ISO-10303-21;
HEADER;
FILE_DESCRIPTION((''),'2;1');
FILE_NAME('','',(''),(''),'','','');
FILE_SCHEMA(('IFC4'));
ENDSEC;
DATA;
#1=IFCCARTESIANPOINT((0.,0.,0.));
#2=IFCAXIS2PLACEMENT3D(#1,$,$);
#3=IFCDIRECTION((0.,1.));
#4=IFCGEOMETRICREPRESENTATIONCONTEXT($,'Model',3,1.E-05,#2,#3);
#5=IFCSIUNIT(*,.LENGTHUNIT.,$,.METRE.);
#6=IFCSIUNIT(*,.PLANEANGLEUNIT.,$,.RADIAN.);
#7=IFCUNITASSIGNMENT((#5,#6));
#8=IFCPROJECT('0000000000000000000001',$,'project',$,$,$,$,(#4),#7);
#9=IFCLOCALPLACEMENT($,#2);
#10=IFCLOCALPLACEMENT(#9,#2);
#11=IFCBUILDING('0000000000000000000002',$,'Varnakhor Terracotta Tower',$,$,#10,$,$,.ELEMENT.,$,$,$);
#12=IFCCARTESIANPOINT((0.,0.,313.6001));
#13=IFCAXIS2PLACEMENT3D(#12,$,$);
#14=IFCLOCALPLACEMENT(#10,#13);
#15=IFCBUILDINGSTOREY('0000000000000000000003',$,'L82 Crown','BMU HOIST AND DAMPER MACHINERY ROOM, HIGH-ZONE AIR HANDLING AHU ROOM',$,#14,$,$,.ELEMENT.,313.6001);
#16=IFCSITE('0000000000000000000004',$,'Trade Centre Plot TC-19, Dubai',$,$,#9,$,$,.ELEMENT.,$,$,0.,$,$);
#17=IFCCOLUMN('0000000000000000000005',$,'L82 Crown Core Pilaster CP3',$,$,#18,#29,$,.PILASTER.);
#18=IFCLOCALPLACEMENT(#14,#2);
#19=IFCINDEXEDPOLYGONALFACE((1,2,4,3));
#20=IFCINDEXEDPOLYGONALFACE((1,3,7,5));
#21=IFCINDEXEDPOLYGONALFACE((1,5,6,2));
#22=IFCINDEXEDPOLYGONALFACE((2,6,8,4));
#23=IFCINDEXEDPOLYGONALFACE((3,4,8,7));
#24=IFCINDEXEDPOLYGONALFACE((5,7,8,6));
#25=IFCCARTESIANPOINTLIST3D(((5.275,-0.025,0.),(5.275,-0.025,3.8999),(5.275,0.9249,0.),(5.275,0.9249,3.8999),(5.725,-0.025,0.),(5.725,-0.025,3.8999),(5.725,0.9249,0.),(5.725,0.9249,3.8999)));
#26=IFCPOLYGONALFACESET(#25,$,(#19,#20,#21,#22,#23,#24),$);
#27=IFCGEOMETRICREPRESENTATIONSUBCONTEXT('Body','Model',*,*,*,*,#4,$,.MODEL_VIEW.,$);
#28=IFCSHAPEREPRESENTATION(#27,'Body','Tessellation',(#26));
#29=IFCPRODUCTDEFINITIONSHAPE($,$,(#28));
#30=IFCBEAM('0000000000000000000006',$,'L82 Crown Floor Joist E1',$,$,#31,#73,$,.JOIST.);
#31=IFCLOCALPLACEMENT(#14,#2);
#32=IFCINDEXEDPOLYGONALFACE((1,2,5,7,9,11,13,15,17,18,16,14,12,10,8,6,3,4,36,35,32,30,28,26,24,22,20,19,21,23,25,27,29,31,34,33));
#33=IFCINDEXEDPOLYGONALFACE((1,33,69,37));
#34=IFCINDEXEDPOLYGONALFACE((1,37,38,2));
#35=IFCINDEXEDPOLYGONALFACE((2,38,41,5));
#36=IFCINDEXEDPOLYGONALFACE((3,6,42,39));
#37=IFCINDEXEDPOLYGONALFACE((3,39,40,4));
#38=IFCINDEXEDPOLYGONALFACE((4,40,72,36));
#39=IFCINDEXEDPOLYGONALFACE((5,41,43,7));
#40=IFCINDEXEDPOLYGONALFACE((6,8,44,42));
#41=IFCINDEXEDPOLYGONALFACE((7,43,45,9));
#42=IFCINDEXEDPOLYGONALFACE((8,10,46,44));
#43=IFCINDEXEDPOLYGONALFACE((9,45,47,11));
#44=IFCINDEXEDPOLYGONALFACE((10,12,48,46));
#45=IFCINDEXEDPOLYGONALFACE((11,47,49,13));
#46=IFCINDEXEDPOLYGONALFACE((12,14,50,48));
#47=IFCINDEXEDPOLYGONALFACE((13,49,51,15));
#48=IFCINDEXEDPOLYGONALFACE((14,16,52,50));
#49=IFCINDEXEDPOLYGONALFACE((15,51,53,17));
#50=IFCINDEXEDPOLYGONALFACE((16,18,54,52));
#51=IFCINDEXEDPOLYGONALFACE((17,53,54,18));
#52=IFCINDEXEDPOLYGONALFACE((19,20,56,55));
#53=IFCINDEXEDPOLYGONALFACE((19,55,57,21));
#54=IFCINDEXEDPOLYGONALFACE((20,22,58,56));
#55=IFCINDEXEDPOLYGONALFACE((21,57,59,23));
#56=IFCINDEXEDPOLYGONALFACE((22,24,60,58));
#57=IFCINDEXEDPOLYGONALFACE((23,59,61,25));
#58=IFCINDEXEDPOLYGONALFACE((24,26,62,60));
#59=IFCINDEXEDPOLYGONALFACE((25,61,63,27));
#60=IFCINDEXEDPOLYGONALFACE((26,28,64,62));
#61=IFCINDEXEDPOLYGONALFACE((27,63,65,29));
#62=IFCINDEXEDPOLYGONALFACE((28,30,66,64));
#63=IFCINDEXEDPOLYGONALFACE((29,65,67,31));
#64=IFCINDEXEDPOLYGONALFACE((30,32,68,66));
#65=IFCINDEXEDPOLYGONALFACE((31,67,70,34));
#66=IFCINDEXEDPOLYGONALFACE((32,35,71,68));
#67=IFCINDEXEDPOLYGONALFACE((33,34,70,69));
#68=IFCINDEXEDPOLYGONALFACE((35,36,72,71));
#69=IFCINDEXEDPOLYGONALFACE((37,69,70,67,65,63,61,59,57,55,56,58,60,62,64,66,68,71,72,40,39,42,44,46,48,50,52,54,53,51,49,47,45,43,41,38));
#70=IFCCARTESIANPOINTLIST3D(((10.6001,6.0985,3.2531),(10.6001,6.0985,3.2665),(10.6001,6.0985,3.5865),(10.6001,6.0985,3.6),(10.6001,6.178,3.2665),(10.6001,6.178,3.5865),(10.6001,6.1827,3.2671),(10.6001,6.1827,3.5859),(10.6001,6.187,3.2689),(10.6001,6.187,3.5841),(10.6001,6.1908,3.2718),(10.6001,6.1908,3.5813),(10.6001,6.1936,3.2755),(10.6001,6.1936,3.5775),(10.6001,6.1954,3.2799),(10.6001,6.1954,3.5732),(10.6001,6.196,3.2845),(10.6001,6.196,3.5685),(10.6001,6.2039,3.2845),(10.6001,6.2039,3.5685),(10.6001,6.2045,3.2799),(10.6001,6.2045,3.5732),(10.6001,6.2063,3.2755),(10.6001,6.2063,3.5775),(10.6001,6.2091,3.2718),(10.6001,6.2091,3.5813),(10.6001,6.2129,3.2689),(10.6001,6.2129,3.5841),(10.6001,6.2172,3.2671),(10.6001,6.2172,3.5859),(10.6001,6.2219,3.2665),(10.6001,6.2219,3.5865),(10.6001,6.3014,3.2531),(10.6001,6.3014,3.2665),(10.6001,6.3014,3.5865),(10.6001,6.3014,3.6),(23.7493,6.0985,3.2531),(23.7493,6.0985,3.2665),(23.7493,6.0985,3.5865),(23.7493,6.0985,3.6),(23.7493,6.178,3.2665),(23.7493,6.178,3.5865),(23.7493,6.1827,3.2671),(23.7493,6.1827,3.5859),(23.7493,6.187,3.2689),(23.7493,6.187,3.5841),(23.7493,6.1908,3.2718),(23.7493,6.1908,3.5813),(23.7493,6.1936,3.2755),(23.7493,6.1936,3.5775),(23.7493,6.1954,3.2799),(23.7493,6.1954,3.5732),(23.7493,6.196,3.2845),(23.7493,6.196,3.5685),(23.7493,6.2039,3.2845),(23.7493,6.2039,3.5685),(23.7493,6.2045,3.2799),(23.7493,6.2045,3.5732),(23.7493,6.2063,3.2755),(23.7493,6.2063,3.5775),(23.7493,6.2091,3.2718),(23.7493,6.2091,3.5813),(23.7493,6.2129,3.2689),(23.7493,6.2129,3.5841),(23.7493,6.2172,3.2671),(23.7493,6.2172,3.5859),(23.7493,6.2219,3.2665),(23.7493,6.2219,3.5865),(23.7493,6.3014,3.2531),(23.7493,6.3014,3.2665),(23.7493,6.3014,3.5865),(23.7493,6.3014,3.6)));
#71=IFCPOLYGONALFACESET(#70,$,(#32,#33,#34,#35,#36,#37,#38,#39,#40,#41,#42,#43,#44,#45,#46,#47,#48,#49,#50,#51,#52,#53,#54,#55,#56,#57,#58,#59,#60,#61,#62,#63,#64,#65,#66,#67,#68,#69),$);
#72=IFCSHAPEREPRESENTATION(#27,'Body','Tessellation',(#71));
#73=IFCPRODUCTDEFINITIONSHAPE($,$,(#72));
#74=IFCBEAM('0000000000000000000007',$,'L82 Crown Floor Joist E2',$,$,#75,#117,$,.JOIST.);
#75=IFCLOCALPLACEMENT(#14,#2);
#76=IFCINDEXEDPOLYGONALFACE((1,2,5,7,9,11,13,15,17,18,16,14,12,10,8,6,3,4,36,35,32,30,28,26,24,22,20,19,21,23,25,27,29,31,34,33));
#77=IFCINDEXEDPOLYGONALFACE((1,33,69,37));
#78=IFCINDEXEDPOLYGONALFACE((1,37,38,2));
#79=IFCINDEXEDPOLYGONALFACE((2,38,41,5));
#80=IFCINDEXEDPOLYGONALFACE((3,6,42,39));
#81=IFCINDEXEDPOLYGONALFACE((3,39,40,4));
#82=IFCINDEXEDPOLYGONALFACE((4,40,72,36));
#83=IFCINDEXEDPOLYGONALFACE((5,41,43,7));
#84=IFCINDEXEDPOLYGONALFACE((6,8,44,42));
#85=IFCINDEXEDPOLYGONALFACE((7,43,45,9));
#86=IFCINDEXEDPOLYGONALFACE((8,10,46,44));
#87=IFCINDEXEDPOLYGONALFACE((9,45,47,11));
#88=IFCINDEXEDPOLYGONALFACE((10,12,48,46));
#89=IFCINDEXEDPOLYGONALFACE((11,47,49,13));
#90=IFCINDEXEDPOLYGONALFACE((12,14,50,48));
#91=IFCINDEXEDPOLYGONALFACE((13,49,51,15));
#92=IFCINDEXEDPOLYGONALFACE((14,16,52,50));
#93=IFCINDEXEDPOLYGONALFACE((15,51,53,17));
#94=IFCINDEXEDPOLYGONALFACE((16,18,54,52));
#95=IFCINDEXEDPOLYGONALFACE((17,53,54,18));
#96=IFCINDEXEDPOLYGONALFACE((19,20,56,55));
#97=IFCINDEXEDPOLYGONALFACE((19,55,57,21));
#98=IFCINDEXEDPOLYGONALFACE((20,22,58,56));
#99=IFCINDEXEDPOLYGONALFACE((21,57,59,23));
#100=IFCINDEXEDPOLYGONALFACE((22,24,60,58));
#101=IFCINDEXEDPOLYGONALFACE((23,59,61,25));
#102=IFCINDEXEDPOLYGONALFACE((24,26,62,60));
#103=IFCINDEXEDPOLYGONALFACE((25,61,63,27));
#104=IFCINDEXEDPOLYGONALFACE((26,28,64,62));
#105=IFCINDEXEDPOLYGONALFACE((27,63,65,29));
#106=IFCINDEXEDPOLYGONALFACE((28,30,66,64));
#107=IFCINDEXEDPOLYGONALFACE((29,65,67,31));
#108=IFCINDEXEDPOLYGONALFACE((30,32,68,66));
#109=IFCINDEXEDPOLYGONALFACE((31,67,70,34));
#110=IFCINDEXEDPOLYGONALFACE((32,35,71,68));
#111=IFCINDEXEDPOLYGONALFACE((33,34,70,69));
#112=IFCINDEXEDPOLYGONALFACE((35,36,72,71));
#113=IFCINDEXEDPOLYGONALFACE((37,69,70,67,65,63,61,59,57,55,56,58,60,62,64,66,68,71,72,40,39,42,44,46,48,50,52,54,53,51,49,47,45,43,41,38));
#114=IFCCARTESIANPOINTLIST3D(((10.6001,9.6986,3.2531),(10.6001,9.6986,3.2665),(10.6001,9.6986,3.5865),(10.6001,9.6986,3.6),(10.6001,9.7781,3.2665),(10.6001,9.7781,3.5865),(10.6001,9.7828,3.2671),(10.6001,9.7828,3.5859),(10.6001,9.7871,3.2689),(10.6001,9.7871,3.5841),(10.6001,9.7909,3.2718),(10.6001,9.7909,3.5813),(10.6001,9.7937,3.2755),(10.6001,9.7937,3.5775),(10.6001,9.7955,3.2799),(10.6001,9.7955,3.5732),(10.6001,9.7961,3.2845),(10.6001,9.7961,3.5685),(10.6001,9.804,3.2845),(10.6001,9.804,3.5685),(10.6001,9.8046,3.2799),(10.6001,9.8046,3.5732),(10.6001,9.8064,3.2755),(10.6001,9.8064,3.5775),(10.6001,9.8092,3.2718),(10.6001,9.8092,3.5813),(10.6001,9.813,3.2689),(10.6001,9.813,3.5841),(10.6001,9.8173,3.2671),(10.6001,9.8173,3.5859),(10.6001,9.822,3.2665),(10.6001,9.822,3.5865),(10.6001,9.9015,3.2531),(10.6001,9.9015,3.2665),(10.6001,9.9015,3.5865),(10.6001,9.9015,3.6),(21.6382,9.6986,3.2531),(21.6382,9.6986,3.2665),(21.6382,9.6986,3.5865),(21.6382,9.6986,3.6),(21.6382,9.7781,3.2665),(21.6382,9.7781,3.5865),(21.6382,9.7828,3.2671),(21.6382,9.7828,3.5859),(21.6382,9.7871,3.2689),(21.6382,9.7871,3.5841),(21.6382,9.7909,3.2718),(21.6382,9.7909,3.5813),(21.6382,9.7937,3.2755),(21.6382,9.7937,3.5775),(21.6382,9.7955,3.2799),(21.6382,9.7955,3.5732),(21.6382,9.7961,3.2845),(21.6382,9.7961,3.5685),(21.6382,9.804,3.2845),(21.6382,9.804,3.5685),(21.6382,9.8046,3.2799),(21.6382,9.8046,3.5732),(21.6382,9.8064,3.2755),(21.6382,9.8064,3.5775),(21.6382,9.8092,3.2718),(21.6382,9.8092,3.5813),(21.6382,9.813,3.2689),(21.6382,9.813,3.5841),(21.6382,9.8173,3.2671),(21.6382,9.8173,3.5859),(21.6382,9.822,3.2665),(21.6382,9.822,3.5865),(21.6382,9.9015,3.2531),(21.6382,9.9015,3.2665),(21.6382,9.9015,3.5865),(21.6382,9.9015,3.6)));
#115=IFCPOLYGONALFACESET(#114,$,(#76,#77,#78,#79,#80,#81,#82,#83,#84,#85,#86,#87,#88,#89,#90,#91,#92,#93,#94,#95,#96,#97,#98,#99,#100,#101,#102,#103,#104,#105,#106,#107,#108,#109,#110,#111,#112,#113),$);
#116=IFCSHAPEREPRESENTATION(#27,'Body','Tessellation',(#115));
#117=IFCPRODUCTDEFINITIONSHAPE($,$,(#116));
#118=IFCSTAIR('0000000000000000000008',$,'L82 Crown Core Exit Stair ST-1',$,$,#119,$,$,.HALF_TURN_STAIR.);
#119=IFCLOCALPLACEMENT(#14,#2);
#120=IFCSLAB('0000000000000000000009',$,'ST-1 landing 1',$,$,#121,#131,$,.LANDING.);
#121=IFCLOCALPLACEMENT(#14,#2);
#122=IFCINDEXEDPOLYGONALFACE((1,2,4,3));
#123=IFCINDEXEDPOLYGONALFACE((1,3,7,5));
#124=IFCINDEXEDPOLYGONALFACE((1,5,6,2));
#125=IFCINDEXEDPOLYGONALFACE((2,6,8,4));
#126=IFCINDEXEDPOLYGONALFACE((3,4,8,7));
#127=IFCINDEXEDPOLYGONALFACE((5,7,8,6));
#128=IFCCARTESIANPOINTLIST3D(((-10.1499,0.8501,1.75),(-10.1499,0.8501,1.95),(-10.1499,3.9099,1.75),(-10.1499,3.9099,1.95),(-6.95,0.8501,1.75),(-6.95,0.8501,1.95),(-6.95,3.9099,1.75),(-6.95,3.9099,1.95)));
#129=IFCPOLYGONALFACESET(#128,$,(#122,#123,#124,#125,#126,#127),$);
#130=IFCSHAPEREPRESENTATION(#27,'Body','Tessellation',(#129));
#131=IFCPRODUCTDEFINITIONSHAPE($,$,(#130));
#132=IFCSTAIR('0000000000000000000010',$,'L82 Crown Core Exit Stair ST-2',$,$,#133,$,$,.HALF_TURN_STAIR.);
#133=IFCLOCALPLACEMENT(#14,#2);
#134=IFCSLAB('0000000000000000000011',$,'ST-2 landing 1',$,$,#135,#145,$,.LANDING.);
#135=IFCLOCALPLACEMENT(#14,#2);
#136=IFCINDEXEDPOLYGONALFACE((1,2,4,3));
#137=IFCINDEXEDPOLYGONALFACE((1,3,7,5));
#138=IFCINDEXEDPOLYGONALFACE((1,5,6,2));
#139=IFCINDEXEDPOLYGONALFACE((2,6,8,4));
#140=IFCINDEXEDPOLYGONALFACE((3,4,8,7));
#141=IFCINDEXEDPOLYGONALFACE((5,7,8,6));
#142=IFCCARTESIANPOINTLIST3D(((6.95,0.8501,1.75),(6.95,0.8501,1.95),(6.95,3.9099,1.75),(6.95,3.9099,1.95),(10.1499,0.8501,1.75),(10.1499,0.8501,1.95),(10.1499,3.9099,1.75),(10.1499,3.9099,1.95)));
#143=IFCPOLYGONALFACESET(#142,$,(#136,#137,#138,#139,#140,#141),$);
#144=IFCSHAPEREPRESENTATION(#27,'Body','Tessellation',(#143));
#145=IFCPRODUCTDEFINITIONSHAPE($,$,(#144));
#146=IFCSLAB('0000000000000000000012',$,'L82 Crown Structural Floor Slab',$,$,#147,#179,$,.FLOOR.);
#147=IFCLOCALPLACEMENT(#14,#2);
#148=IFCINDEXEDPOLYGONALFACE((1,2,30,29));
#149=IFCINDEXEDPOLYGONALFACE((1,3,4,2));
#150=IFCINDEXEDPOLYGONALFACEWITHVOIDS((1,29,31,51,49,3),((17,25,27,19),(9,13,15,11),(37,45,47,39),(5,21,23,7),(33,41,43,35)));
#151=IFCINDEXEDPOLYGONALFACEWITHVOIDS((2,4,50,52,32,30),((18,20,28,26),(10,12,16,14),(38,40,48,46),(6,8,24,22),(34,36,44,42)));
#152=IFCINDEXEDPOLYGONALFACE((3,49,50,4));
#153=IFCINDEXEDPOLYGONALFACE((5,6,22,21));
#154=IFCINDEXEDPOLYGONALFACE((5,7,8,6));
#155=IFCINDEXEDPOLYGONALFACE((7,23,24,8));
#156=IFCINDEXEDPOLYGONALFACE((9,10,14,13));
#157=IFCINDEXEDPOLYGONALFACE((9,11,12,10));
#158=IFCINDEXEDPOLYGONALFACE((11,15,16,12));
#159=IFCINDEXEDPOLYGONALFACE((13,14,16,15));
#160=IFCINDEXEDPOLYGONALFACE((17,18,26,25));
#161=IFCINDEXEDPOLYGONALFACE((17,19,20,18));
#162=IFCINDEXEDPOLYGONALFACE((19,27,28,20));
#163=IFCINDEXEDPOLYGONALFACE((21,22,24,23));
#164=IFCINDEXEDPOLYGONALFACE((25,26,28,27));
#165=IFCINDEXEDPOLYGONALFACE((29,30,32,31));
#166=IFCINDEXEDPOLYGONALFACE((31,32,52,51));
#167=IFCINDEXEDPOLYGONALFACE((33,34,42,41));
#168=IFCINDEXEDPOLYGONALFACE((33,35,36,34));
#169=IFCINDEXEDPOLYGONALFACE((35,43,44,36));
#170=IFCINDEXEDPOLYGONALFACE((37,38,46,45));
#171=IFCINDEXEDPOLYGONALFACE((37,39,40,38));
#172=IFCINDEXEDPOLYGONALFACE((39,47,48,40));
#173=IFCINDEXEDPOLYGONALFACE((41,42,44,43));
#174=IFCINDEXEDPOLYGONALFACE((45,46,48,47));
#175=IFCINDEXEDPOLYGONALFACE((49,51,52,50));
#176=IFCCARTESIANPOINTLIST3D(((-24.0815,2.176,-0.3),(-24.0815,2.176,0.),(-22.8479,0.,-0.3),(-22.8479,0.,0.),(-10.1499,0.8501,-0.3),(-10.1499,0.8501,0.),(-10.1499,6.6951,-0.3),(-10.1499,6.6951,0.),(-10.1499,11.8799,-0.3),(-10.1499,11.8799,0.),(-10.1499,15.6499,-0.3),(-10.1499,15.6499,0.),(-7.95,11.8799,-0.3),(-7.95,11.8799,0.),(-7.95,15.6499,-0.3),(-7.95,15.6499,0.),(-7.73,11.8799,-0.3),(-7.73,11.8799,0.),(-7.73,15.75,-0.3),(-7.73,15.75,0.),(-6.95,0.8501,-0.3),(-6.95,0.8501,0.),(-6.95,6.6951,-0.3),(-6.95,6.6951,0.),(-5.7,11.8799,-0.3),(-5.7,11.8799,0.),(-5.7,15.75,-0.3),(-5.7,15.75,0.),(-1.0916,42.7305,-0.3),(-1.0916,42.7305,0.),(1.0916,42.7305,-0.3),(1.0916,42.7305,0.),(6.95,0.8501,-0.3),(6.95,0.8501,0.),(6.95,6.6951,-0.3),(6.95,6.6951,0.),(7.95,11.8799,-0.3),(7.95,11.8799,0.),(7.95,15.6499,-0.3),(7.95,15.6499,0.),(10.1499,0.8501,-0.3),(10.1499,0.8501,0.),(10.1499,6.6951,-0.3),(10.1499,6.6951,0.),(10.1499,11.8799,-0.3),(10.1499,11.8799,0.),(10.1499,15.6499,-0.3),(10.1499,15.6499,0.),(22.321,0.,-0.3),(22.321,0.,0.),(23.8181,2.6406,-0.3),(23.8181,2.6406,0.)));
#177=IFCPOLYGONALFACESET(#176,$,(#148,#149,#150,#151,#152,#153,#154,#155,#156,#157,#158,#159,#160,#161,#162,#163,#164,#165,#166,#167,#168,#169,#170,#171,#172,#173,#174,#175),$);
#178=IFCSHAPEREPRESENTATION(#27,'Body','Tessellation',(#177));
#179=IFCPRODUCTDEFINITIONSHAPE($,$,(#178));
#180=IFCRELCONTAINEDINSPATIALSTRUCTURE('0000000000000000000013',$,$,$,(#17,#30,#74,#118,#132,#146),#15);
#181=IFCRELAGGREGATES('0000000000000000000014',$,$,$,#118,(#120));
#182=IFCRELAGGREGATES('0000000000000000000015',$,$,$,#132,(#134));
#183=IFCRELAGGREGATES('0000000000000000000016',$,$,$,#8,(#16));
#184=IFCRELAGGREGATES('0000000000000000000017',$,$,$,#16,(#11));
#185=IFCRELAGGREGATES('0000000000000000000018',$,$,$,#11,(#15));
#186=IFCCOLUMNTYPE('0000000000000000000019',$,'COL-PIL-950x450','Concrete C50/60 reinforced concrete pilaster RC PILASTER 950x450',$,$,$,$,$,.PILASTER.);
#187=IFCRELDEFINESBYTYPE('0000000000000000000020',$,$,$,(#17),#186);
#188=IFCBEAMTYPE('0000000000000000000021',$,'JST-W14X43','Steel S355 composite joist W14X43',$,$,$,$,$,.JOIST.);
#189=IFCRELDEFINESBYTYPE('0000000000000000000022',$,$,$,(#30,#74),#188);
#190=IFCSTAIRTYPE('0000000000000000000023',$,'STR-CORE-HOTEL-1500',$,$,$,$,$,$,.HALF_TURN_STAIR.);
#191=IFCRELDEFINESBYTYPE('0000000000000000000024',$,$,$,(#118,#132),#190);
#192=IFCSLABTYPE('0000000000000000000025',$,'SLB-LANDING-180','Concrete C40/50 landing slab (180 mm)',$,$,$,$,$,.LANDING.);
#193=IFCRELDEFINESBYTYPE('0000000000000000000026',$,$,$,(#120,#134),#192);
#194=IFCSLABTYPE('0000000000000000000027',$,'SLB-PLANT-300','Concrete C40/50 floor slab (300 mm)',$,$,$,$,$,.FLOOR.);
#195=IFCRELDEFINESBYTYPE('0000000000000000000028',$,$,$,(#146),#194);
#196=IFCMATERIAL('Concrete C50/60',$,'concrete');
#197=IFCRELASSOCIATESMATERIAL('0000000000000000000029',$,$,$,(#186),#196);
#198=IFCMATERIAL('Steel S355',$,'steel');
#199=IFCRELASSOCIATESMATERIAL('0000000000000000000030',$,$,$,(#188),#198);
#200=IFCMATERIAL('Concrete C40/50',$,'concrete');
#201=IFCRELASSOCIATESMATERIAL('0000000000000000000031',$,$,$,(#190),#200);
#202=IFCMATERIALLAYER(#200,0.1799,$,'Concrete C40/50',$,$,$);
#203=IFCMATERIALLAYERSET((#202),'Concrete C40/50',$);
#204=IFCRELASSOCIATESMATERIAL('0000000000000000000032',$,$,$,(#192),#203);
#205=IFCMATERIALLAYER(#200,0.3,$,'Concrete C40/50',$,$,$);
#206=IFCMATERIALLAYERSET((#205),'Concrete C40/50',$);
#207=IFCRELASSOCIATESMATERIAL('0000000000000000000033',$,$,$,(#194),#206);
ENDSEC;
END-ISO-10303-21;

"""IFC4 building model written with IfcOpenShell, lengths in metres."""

from ifc_helpers import new_model, si_unit, direction, frame, origin, origin_2d, place, context, subcontext, project, spatial, polyline, rectangle, i_section, outline, extrude, source, transform, mapped, material, layer, layer_set, material_profile, profile_set, type_object, element, aggregate, save


model = new_model("IFC4")

# Units and contexts
model_context = context("Model", 3, precision=1e-05, world=origin(), true_north=direction((0.0, 1.0)))
body_context = subcontext(model_context, "Body", "Model", "MODEL_VIEW")
ifc_project = project(units=[si_unit("LENGTHUNIT", "METRE"), si_unit("PLANEANGLEUNIT", "RADIAN")], contexts=[model_context])

# Site, building, storey
site_placement = place(None, origin())
site = spatial("IfcSite", under=ifc_project, at=site_placement, Name="Trade Centre Plot TC-19, Dubai", CompositionType="ELEMENT", RefElevation=0.0)
building_placement = place(site_placement, origin())
building = spatial("IfcBuilding", under=site, at=building_placement, Name="Varnakhor Terracotta Tower", CompositionType="ELEMENT")
storey_placement = place(building_placement, frame((0.0, 0.0, 313.6001)))
storey = spatial("IfcBuildingStorey", under=building, at=storey_placement, Name="L82 Crown", Description="BMU HOIST AND DAMPER MACHINERY ROOM, HIGH-ZONE AIR HANDLING AHU ROOM", CompositionType="ELEMENT", Elevation=313.6001)

# Column
ifc_material_1 = material(Name="Concrete C50/60", Category="concrete")
ifc_material_profile_1 = material_profile(ifc_material_1, rectangle(XDim=0.45, YDim=0.95, at=origin_2d()), Name="RC PILASTER 950x450")
ifc_profile_set_1 = profile_set([ifc_material_profile_1], Name="Concrete C50/60")
column_type = type_object("IfcColumnType", Name="COL-PIL-950x450", Description="Concrete C50/60 reinforced concrete pilaster RC PILASTER 950x450", PredefinedType="PILASTER", material=ifc_profile_set_1)
shared_shape_1 = source(origin(), body_context, "Body", "SweptSolid", [
    extrude(rectangle(XDim=0.45, YDim=0.95, at=origin_2d()), origin(), (0.0, 0.0, 1.0), 3.8999),
])
column_placement = place(storey_placement, frame((5.5, 0.45, 0.0), z_axis=(0.0, 0.0, 1.0), x_axis=(1.0, 0.0, 0.0)))
element("IfcColumn", 1, at=column_placement, inside=storey, type_object=column_type, Name="L82 Crown Core Pilaster CP3", PredefinedType="PILASTER", context=body_context, shape_type="MappedRepresentation", body=[
    mapped(shared_shape_1, transform((0.0, 0.0, 0.0), scale=1.0)),
])

# Beams
ifc_material_2 = material(Name="Steel S355", Category="steel")
ifc_material_profile_2 = material_profile(ifc_material_2, i_section(OverallWidth=0.2029, OverallDepth=0.3469, WebThickness=0.0078, FlangeThickness=0.0134, FilletRadius=0.0181, at=origin_2d()), Name="W14X43")
ifc_profile_set_2 = profile_set([ifc_material_profile_2], Name="Steel S355")
beam_type = type_object("IfcBeamType", Name="JST-W14X43", Description="Steel S355 composite joist W14X43", PredefinedType="JOIST", material=ifc_profile_set_2)
shared_shape_2 = source(origin(), body_context, "Body", "SweptSolid", [
    extrude(i_section(OverallWidth=0.2029, OverallDepth=0.3469, WebThickness=0.0078, FlangeThickness=0.0134, FilletRadius=0.0181, at=origin_2d()), origin(), (0.0, 0.0, 1.0), 13.1492),
])
beam_1_placement = place(storey_placement, frame((10.6001, 6.2, 3.4265), z_axis=(1.0, 0.0, 0.0), x_axis=(0.0, 1.0, 0.0)))
element("IfcBeam", 2, at=beam_1_placement, inside=storey, type_object=beam_type, Name="L82 Crown Floor Joist E1", PredefinedType="JOIST", context=body_context, shape_type="MappedRepresentation", body=[
    mapped(shared_shape_2, transform((0.0, 0.0, 0.0), scale=1.0)),
])
shared_shape_3 = source(origin(), body_context, "Body", "SweptSolid", [
    extrude(i_section(OverallWidth=0.2029, OverallDepth=0.3469, WebThickness=0.0078, FlangeThickness=0.0134, FilletRadius=0.0181, at=origin_2d()), origin(), (0.0, 0.0, 1.0), 11.0381),
])
beam_2_placement = place(storey_placement, frame((10.6001, 9.8, 3.4265), z_axis=(1.0, 0.0, 0.0), x_axis=(0.0, 1.0, 0.0)))
element("IfcBeam", 3, at=beam_2_placement, inside=storey, type_object=beam_type, Name="L82 Crown Floor Joist E2", PredefinedType="JOIST", context=body_context, shape_type="MappedRepresentation", body=[
    mapped(shared_shape_3, transform((0.0, 0.0, 0.0), scale=1.0)),
])

# Stairs, slabs
ifc_material_3 = material(Name="Concrete C40/50", Category="concrete")
stair_type = type_object("IfcStairType", Name="STR-CORE-HOTEL-1500", PredefinedType="HALF_TURN_STAIR", material=ifc_material_3)
stair_1_placement = place(storey_placement, origin())
stair_1 = element("IfcStair", 4, at=stair_1_placement, inside=storey, type_object=stair_type, Name="L82 Crown Core Exit Stair ST-1", PredefinedType="HALF_TURN_STAIR")
ifc_layer_1 = layer(ifc_material_3, 0.1799, Name="Concrete C40/50")
ifc_layer_set_1 = layer_set([ifc_layer_1], Name="Concrete C40/50")
slab_type_1 = type_object("IfcSlabType", Name="SLB-LANDING-180", Description="Concrete C40/50 landing slab (180 mm)", PredefinedType="LANDING", material=ifc_layer_set_1)
slab_1_placement = place(storey_placement, frame((0.0, 0.0, 1.75)))
slab_1 = element("IfcSlab", 5, at=slab_1_placement, type_object=slab_type_1, Name="ST-1 landing 1", PredefinedType="LANDING", context=body_context, shape_type="SweptSolid", body=[
    extrude(outline(polyline([(-10.1499, 3.9099), (-10.1499, 0.8501), (-6.95, 0.8501), (-6.95, 3.9099), (-10.1499, 3.9099)])), origin(), (0.0, 0.0, 1.0), 0.2),
])
aggregate(stair_1, [slab_1])
stair_2_placement = place(storey_placement, origin())
stair_2 = element("IfcStair", 6, at=stair_2_placement, inside=storey, type_object=stair_type, Name="L82 Crown Core Exit Stair ST-2", PredefinedType="HALF_TURN_STAIR")
slab_2_placement = place(storey_placement, frame((0.0, 0.0, 1.75)))
slab_2 = element("IfcSlab", 7, at=slab_2_placement, type_object=slab_type_1, Name="ST-2 landing 1", PredefinedType="LANDING", context=body_context, shape_type="SweptSolid", body=[
    extrude(outline(polyline([(6.95, 3.9099), (6.95, 0.8501), (10.1499, 0.8501), (10.1499, 3.9099), (6.95, 3.9099)])), origin(), (0.0, 0.0, 1.0), 0.2),
])

# Slab
ifc_layer_2 = layer(ifc_material_3, 0.3, Name="Concrete C40/50")
ifc_layer_set_2 = layer_set([ifc_layer_2], Name="Concrete C40/50")
slab_type_2 = type_object("IfcSlabType", Name="SLB-PLANT-300", Description="Concrete C40/50 floor slab (300 mm)", PredefinedType="FLOOR", material=ifc_layer_set_2)
slab_3_placement = place(storey_placement, frame((0.0, 0.0, -0.3)))
element("IfcSlab", 8, at=slab_3_placement, inside=storey, type_object=slab_type_2, Name="L82 Crown Structural Floor Slab", PredefinedType="FLOOR", context=body_context, shape_type="SweptSolid", body=[
    extrude(outline(polyline([(-1.0916, 42.7305), (1.0916, 42.7305), (23.8181, 2.6406), (22.321, 0.0), (-22.8479, 0.0), (-24.0815, 2.176), (-1.0916, 42.7305)]), holes=[polyline([(-6.95, 6.6951), (-10.1499, 6.6951), (-10.1499, 0.8501), (-6.95, 0.8501), (-6.95, 6.6951)]), polyline([(10.1499, 6.6951), (6.95, 6.6951), (6.95, 0.8501), (10.1499, 0.8501), (10.1499, 6.6951)]), polyline([(-7.95, 15.6499), (-10.1499, 15.6499), (-10.1499, 11.8799), (-7.95, 11.8799), (-7.95, 15.6499)]), polyline([(10.1499, 11.8799), (10.1499, 15.6499), (7.95, 15.6499), (7.95, 11.8799), (10.1499, 11.8799)]), polyline([(-5.7, 11.8799), (-5.7, 15.75), (-7.73, 15.75), (-7.73, 11.8799), (-5.7, 11.8799)])]), origin(), (0.0, 0.0, 1.0), 0.3),
])

aggregate(stair_2, [slab_2])

save(model, "model.ifc")
